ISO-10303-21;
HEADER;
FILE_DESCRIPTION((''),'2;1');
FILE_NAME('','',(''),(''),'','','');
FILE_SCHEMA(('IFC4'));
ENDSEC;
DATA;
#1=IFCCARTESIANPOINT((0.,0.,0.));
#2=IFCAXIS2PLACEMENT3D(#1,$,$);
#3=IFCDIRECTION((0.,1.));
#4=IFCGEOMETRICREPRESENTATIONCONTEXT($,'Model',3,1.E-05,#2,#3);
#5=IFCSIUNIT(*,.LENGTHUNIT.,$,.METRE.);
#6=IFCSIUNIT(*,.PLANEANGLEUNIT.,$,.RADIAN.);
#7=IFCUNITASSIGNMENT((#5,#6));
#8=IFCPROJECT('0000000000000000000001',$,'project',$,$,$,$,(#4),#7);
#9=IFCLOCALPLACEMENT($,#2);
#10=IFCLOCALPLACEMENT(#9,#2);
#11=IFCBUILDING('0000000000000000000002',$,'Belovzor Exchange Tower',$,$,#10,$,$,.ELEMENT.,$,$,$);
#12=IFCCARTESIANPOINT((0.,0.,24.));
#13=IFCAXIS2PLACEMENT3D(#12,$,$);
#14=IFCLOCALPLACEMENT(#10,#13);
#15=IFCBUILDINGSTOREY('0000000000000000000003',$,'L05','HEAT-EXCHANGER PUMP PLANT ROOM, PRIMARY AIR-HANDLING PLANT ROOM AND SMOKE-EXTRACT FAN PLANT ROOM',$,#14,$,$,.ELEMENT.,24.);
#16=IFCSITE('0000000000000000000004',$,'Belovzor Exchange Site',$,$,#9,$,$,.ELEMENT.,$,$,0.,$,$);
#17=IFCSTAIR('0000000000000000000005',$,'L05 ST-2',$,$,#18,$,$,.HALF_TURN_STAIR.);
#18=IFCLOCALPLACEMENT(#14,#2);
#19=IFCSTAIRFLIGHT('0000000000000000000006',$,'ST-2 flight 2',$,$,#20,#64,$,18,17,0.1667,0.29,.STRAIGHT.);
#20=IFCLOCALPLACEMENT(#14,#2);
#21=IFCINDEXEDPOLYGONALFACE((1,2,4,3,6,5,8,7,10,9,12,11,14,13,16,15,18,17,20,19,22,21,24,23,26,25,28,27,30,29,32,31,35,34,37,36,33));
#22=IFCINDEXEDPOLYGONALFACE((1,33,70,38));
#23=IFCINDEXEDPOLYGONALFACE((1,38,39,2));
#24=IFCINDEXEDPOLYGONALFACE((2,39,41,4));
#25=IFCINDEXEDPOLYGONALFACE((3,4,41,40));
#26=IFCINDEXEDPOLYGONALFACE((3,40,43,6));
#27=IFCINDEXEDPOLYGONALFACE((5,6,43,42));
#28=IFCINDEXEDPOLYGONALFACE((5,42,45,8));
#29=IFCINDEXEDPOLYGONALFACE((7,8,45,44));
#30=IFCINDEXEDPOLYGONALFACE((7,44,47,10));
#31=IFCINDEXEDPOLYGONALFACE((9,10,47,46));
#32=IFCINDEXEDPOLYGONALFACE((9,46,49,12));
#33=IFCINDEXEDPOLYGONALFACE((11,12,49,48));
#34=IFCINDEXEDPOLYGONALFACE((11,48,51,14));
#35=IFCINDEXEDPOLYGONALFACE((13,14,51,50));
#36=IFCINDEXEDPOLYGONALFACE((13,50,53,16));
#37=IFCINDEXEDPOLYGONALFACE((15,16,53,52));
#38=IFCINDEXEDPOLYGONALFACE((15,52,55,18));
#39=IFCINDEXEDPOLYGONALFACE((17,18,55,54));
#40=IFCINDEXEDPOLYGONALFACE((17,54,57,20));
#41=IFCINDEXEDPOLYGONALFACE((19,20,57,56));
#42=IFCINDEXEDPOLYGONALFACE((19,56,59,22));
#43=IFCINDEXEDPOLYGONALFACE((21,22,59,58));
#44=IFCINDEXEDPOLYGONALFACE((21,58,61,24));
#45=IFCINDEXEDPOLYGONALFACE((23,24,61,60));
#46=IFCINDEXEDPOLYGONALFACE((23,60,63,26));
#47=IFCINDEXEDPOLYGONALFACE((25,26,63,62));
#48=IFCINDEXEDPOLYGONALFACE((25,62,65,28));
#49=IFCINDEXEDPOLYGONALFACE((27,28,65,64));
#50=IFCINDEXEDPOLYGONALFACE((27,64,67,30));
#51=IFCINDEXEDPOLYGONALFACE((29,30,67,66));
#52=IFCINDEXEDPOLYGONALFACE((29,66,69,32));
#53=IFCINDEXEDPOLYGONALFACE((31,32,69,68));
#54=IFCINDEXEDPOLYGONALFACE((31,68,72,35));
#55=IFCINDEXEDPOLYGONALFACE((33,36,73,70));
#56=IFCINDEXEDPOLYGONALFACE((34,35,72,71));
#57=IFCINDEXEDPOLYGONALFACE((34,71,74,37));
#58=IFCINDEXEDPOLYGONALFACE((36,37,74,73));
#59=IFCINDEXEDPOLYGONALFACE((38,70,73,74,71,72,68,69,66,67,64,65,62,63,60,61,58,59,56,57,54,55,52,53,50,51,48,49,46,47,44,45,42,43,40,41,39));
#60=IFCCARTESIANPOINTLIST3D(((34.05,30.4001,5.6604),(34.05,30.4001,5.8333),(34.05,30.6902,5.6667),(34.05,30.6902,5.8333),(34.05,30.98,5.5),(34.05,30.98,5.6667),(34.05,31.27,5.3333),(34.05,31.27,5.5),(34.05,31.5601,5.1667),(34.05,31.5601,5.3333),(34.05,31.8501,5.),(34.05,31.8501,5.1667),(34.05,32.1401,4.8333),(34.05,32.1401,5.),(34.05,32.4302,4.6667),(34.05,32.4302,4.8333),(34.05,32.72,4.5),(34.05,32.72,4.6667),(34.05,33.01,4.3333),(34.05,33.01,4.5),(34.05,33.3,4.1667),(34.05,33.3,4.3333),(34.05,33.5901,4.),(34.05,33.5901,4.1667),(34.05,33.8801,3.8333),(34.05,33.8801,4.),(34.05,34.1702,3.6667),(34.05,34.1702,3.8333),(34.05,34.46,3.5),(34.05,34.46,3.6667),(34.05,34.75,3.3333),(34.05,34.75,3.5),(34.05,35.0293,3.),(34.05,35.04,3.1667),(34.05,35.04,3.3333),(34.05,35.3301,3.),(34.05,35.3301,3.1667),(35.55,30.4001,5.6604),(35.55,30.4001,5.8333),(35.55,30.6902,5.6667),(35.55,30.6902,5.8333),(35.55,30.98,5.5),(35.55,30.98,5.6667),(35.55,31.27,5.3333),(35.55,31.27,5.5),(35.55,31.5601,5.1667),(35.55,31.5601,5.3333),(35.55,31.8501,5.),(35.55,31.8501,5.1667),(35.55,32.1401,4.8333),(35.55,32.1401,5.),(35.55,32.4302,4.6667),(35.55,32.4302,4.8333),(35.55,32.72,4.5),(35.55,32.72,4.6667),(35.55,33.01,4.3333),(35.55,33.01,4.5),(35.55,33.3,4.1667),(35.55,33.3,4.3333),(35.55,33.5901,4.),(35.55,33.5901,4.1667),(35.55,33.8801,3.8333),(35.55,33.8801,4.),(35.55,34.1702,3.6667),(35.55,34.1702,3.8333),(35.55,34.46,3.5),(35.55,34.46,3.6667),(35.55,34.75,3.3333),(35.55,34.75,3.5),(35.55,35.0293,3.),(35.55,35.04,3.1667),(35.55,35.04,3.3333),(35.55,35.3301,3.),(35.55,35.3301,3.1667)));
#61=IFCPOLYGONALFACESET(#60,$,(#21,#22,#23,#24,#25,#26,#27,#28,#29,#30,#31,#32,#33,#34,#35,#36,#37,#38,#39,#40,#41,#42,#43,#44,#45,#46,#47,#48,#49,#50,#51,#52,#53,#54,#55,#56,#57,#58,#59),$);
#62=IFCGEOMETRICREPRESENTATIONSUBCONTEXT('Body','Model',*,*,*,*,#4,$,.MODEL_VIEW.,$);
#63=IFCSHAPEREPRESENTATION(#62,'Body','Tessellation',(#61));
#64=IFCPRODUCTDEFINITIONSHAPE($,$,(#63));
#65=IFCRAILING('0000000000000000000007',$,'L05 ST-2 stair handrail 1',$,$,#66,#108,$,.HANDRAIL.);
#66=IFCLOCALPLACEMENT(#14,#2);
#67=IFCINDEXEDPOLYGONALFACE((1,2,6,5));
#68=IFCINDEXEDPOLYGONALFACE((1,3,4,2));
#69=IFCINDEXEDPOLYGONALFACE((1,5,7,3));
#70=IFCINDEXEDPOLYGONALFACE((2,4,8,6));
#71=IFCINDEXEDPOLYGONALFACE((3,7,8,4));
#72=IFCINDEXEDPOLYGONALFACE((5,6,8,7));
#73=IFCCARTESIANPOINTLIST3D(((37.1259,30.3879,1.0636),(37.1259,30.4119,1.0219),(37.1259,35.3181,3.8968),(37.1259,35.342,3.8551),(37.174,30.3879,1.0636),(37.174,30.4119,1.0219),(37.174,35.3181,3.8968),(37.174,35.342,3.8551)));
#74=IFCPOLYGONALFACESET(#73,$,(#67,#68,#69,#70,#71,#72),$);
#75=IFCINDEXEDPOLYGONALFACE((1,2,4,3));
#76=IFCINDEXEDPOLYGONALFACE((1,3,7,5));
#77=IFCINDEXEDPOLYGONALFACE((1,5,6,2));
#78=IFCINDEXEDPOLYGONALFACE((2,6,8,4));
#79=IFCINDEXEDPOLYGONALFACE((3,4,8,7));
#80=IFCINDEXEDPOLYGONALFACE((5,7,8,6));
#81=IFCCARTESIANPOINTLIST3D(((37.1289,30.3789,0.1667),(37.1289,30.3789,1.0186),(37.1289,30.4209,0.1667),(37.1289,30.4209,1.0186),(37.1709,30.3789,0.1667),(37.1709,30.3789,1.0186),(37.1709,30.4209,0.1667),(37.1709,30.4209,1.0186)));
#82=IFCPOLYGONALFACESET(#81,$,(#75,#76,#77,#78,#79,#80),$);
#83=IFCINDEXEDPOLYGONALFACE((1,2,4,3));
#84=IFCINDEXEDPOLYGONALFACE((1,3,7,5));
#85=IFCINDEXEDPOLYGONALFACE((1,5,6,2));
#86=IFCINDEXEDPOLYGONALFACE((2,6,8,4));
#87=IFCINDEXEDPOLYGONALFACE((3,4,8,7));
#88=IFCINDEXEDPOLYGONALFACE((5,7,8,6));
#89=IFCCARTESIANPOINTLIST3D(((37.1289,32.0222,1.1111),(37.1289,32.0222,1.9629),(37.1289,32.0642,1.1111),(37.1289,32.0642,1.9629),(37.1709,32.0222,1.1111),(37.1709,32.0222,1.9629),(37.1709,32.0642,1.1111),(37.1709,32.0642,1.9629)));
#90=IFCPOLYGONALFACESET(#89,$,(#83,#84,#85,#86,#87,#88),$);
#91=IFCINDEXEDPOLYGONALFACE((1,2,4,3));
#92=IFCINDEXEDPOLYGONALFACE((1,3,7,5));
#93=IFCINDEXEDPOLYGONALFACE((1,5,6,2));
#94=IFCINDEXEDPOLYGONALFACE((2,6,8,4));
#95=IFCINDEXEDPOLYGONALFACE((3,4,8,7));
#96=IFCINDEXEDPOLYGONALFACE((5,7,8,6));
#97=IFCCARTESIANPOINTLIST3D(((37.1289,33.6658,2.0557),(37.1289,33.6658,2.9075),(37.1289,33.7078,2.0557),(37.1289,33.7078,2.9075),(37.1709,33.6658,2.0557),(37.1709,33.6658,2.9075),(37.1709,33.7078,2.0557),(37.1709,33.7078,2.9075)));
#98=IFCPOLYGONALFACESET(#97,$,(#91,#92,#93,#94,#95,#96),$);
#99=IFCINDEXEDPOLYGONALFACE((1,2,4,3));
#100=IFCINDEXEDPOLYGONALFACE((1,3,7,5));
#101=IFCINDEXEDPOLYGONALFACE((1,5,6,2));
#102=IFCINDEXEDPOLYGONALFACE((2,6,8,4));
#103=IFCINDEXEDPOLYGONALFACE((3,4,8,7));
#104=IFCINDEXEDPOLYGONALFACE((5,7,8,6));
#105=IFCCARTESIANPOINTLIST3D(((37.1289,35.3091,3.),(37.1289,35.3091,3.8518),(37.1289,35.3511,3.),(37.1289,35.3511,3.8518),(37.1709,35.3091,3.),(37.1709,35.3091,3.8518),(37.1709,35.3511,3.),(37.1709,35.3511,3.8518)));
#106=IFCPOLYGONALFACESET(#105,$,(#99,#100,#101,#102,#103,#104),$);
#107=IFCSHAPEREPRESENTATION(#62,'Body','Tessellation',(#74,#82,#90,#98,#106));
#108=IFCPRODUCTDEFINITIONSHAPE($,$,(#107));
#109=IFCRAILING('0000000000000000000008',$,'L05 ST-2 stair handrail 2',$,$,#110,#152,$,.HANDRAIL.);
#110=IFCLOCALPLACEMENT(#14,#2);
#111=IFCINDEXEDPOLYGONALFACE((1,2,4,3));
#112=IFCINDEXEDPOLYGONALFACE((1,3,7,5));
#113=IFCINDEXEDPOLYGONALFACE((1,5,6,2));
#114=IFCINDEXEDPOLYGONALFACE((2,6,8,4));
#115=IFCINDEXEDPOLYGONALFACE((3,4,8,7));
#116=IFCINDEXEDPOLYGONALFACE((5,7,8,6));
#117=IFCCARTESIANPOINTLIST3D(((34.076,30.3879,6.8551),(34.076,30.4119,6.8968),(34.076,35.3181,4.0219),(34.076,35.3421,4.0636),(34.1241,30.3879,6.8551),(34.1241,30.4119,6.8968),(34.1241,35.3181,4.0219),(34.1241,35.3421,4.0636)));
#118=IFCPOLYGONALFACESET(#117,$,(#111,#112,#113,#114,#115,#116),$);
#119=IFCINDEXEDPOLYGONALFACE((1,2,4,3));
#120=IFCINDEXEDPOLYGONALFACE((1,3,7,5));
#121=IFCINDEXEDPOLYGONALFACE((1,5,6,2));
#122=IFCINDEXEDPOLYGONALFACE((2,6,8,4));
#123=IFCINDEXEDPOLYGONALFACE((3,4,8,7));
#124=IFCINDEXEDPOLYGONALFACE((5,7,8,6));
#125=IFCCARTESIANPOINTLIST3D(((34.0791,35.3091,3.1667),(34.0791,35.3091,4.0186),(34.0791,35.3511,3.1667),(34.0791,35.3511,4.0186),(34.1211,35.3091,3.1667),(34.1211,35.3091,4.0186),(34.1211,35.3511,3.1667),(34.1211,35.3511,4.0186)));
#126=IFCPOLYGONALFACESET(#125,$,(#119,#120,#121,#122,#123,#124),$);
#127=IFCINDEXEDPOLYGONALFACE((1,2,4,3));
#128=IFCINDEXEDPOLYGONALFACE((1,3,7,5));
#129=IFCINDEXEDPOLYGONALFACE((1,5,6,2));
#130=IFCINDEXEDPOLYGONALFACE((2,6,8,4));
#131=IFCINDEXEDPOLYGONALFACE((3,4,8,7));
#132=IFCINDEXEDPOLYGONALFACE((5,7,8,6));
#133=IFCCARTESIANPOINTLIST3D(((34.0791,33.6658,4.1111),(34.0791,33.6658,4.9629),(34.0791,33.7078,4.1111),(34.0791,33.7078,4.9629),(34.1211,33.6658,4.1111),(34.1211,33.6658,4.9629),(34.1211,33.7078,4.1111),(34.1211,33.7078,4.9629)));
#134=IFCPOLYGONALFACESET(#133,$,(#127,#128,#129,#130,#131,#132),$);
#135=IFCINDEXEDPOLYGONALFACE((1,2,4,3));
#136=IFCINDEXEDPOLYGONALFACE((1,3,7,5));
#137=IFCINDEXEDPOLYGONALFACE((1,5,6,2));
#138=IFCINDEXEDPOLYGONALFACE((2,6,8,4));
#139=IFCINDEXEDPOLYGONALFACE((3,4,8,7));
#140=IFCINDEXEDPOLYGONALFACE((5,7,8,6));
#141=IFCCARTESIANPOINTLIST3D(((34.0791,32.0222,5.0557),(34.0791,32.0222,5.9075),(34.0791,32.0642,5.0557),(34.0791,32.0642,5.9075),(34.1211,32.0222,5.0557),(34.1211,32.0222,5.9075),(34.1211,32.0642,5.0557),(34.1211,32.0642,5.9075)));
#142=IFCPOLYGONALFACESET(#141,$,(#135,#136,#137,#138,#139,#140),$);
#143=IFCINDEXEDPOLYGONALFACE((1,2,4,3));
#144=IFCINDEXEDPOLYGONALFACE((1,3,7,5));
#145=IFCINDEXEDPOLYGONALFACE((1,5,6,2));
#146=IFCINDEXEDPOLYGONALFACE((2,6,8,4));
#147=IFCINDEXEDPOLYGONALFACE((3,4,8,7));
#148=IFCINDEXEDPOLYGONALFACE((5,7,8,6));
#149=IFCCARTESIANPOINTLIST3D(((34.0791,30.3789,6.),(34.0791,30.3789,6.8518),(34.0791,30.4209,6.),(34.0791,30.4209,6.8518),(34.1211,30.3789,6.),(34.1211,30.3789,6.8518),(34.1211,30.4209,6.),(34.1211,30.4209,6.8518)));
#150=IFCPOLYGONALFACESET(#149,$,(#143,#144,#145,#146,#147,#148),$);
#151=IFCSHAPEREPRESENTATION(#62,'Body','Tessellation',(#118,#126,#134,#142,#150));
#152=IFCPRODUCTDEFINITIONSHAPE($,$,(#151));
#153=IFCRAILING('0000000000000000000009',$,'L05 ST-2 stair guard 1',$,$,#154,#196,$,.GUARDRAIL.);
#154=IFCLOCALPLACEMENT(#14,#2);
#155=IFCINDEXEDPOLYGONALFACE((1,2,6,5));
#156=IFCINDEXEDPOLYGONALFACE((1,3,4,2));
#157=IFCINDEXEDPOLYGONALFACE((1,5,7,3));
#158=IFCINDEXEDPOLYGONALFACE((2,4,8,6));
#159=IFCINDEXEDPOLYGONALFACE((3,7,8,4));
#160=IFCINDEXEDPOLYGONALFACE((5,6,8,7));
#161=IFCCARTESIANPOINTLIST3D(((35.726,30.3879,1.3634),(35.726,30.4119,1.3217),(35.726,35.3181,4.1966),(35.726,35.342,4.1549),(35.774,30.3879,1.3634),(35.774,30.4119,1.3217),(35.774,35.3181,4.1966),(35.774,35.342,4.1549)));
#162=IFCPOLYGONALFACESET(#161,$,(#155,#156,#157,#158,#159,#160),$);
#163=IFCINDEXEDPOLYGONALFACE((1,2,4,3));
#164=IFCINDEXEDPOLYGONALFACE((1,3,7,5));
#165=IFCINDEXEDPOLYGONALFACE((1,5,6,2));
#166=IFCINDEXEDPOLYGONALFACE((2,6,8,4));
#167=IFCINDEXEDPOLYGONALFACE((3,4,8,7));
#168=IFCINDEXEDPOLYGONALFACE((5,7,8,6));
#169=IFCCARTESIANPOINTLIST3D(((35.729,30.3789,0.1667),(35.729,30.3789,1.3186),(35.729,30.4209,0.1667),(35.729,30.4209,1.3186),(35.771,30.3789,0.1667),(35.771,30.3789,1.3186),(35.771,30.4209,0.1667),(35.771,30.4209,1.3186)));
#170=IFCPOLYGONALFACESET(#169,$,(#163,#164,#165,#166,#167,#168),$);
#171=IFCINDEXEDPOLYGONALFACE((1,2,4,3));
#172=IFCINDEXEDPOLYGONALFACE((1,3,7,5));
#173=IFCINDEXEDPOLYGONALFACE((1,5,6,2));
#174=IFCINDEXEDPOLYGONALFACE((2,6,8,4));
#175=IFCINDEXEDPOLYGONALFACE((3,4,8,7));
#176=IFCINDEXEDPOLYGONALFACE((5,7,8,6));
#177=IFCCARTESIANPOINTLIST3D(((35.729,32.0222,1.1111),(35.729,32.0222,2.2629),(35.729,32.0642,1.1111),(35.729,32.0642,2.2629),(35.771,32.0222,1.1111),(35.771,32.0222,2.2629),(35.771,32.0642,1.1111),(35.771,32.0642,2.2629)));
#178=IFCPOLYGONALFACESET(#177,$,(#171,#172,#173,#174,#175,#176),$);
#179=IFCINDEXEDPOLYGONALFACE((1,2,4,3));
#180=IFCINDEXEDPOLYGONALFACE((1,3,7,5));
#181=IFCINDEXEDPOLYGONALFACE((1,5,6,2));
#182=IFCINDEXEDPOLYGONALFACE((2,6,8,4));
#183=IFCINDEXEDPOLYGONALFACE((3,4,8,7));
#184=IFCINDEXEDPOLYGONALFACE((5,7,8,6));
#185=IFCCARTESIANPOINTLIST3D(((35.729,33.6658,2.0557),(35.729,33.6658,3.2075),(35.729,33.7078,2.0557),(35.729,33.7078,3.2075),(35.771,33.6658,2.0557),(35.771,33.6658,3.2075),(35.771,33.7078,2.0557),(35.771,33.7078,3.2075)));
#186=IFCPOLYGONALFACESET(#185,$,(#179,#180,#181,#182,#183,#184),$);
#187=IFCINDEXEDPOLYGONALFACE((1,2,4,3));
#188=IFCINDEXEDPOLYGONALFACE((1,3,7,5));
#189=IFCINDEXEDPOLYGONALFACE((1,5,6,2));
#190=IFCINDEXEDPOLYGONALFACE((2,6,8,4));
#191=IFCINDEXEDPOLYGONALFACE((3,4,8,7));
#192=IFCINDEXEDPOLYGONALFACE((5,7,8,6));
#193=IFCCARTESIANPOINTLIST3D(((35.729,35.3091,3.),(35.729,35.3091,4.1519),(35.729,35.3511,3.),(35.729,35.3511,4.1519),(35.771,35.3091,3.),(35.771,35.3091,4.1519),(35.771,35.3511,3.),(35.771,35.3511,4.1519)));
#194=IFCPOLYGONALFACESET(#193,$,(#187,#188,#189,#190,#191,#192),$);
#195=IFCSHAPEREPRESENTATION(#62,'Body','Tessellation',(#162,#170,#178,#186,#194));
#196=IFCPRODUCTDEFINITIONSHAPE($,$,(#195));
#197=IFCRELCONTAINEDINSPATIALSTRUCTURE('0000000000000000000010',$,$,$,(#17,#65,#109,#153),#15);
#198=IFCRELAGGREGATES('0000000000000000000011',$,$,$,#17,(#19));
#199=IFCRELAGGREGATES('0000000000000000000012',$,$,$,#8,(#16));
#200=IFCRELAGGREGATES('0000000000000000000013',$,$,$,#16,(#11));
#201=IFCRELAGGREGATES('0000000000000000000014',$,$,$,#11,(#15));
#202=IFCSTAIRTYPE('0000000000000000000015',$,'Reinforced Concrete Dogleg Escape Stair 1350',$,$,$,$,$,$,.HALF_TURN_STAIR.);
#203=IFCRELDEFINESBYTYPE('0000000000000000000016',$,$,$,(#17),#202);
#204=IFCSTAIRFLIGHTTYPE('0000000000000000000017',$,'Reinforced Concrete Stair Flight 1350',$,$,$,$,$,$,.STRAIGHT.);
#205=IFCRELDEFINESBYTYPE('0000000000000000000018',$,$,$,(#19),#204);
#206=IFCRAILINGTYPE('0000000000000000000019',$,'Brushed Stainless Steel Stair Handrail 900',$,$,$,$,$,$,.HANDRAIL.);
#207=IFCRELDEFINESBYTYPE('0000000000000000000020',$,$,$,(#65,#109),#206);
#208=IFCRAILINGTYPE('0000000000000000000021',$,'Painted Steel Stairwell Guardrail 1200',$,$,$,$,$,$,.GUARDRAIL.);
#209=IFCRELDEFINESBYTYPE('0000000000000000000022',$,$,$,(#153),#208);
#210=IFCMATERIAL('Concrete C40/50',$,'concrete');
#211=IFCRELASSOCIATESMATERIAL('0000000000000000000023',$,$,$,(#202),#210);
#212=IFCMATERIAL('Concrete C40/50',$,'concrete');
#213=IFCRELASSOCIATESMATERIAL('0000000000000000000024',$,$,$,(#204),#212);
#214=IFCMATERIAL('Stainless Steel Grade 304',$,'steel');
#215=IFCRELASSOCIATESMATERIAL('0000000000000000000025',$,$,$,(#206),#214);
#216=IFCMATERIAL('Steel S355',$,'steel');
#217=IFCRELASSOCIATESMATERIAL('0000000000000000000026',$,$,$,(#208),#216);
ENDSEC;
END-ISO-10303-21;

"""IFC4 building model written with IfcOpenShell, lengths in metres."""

from ifc_helpers import new_model, si_unit, direction, frame, origin, origin_2d, place, context, subcontext, project, spatial, polyline, rectangle, outline, extrude, material, type_object, element, aggregate, save


model = new_model("IFC4")

# Units and contexts
model_context = context("Model", 3, precision=1e-05, world=origin(), true_north=direction((0.0, 1.0)))
body_context = subcontext(model_context, "Body", "Model", "MODEL_VIEW")
ifc_project = project(units=[si_unit("LENGTHUNIT", "METRE"), si_unit("PLANEANGLEUNIT", "RADIAN")], contexts=[model_context])

# Site, building, storey
site_placement = place(None, origin())
site = spatial("IfcSite", under=ifc_project, at=site_placement, Name="Belovzor Exchange Site", CompositionType="ELEMENT", RefElevation=0.0)
building_placement = place(site_placement, origin())
building = spatial("IfcBuilding", under=site, at=building_placement, Name="Belovzor Exchange Tower", CompositionType="ELEMENT")
storey_placement = place(building_placement, frame((0.0, 0.0, 24.0)))
storey = spatial("IfcBuildingStorey", under=building, at=storey_placement, Name="L05", Description="HEAT-EXCHANGER PUMP PLANT ROOM, PRIMARY AIR-HANDLING PLANT ROOM AND SMOKE-EXTRACT FAN PLANT ROOM", CompositionType="ELEMENT", Elevation=24.0)

# Stair, stair flight
ifc_material_1 = material(Name="Concrete C40/50", Category="concrete")
stair_type = type_object("IfcStairType", Name="Reinforced Concrete Dogleg Escape Stair 1350", PredefinedType="HALF_TURN_STAIR", material=ifc_material_1)
stair_placement = place(storey_placement, origin())
stair = element("IfcStair", 1, at=stair_placement, inside=storey, type_object=stair_type, Name="L05 ST-2", PredefinedType="HALF_TURN_STAIR")
ifc_material_2 = material(Name="Concrete C40/50", Category="concrete")
stair_flight_type = type_object("IfcStairFlightType", Name="Reinforced Concrete Stair Flight 1350", PredefinedType="STRAIGHT", material=ifc_material_2)
stair_flight_1_placement = place(storey_placement, frame((34.8, 35.3301, 3.0), z_axis=(0.0, 0.0, 1.0), x_axis=(0.0, -1.0, 0.0)))
stair_flight_1 = element("IfcStairFlight", 2, at=stair_flight_1_placement, type_object=stair_flight_type, Name="ST-2 flight 2", NumberOfRisers=18, NumberOfTreads=17, PredefinedType="STRAIGHT", RiserHeight=0.1667, TreadLength=0.29, context=body_context, shape_type="SweptSolid", body=[
    extrude(outline(polyline([(0.0, 0.0), (0.0, 0.1667), (0.29, 0.1667), (0.29, 0.3333), (0.5801, 0.3333), (0.5801, 0.5), (0.8701, 0.5), (0.8701, 0.6667), (1.1599, 0.6667), (1.1599, 0.8333), (1.45, 0.8333), (1.45, 1.0), (1.74, 1.0), (1.74, 1.1667), (2.03, 1.1667), (2.03, 1.3333), (2.3201, 1.3333), (2.3201, 1.5), (2.6101, 1.5), (2.6101, 1.6667), (2.8999, 1.6667), (2.8999, 1.8333), (3.1899, 1.8333), (3.1899, 2.0), (3.48, 2.0), (3.48, 2.1667), (3.77, 2.1667), (3.77, 2.3333), (4.0601, 2.3333), (4.0601, 2.5), (4.3501, 2.5), (4.3501, 2.6667), (4.6399, 2.6667), (4.6399, 2.8333), (4.9299, 2.8333), (4.9299, 3.0), (4.9299, 2.6604), (0.3008, 0.0), (0.0, 0.0)])), frame((0.0, 0.75, 0.0), z_axis=(0.0, -1.0, 0.0), x_axis=(1.0, 0.0, 0.0)), (0.0, 0.0, 1.0), 1.5),
])
aggregate(stair, [stair_flight_1])

# Railings
ifc_material_3 = material(Name="Stainless Steel Grade 304", Category="steel")
railing_type_1 = type_object("IfcRailingType", Name="Brushed Stainless Steel Stair Handrail 900", PredefinedType="HANDRAIL", material=ifc_material_3)
railing_1_placement = place(storey_placement, frame((37.1499, 30.3999, 0.1667)))
element("IfcRailing", 3, at=railing_1_placement, inside=storey, type_object=railing_type_1, Name="L05 ST-2 stair handrail 1", PredefinedType="HANDRAIL", context=body_context, shape_type="SweptSolid", body=[
    extrude(rectangle(XDim=0.0481, YDim=0.0481, at=origin_2d()), frame((0.0, 0.0, 0.876), z_axis=(0.0, 0.867028, 0.49826), x_axis=(-1.0, 0.0, 0.0)), (0.0, 0.0, 1.0), 5.6863),
    extrude(rectangle(XDim=0.042, YDim=0.042, at=origin_2d()), origin(), (0.0, 0.0, 1.0), 0.8518),
    extrude(rectangle(XDim=0.042, YDim=0.042, at=origin_2d()), frame((0.0, 1.6433, 0.9443)), (0.0, 0.0, 1.0), 0.8518),
    extrude(rectangle(XDim=0.042, YDim=0.042, at=origin_2d()), frame((0.0, 3.2869, 1.8889)), (0.0, 0.0, 1.0), 0.8518),
    extrude(rectangle(XDim=0.042, YDim=0.042, at=origin_2d()), frame((0.0, 4.9302, 2.8333)), (0.0, 0.0, 1.0), 0.8518),
])
railing_2_placement = place(storey_placement, frame((34.1001, 35.3301, 3.1667)))
element("IfcRailing", 4, at=railing_2_placement, inside=storey, type_object=railing_type_1, Name="L05 ST-2 stair handrail 2", PredefinedType="HANDRAIL", context=body_context, shape_type="SweptSolid", body=[
    extrude(rectangle(XDim=0.0481, YDim=0.0481, at=origin_2d()), frame((0.0, 0.0, 0.876), z_axis=(0.0, -0.867028, 0.49826), x_axis=(1.0, 0.0, 0.0)), (0.0, 0.0, 1.0), 5.6863),
    extrude(rectangle(XDim=0.042, YDim=0.042, at=origin_2d()), origin(), (0.0, 0.0, 1.0), 0.8518),
    extrude(rectangle(XDim=0.042, YDim=0.042, at=origin_2d()), frame((0.0, -1.6433, 0.9443)), (0.0, 0.0, 1.0), 0.8518),
    extrude(rectangle(XDim=0.042, YDim=0.042, at=origin_2d()), frame((0.0, -3.2869, 1.8889)), (0.0, 0.0, 1.0), 0.8518),
    extrude(rectangle(XDim=0.042, YDim=0.042, at=origin_2d()), frame((0.0, -4.9302, 2.8333)), (0.0, 0.0, 1.0), 0.8518),
])
ifc_material_4 = material(Name="Steel S355", Category="steel")
railing_type_2 = type_object("IfcRailingType", Name="Painted Steel Stairwell Guardrail 1200", PredefinedType="GUARDRAIL", material=ifc_material_4)
railing_3_placement = place(storey_placement, frame((35.75, 30.3999, 0.1667)))
element("IfcRailing", 5, at=railing_3_placement, inside=storey, type_object=railing_type_2, Name="L05 ST-2 stair guard 1", PredefinedType="GUARDRAIL", context=body_context, shape_type="SweptSolid", body=[
    extrude(rectangle(XDim=0.0481, YDim=0.0481, at=origin_2d()), frame((0.0, 0.0, 1.1758), z_axis=(0.0, 0.867028, 0.49826), x_axis=(-1.0, 0.0, 0.0)), (0.0, 0.0, 1.0), 5.6863),
    extrude(rectangle(XDim=0.042, YDim=0.042, at=origin_2d()), origin(), (0.0, 0.0, 1.0), 1.1519),
    extrude(rectangle(XDim=0.042, YDim=0.042, at=origin_2d()), frame((0.0, 1.6433, 0.9443)), (0.0, 0.0, 1.0), 1.1519),
    extrude(rectangle(XDim=0.042, YDim=0.042, at=origin_2d()), frame((0.0, 3.2869, 1.8889)), (0.0, 0.0, 1.0), 1.1519),
    extrude(rectangle(XDim=0.042, YDim=0.042, at=origin_2d()), frame((0.0, 4.9302, 2.8333)), (0.0, 0.0, 1.0), 1.1519),
])

save(model, "model.ifc")
